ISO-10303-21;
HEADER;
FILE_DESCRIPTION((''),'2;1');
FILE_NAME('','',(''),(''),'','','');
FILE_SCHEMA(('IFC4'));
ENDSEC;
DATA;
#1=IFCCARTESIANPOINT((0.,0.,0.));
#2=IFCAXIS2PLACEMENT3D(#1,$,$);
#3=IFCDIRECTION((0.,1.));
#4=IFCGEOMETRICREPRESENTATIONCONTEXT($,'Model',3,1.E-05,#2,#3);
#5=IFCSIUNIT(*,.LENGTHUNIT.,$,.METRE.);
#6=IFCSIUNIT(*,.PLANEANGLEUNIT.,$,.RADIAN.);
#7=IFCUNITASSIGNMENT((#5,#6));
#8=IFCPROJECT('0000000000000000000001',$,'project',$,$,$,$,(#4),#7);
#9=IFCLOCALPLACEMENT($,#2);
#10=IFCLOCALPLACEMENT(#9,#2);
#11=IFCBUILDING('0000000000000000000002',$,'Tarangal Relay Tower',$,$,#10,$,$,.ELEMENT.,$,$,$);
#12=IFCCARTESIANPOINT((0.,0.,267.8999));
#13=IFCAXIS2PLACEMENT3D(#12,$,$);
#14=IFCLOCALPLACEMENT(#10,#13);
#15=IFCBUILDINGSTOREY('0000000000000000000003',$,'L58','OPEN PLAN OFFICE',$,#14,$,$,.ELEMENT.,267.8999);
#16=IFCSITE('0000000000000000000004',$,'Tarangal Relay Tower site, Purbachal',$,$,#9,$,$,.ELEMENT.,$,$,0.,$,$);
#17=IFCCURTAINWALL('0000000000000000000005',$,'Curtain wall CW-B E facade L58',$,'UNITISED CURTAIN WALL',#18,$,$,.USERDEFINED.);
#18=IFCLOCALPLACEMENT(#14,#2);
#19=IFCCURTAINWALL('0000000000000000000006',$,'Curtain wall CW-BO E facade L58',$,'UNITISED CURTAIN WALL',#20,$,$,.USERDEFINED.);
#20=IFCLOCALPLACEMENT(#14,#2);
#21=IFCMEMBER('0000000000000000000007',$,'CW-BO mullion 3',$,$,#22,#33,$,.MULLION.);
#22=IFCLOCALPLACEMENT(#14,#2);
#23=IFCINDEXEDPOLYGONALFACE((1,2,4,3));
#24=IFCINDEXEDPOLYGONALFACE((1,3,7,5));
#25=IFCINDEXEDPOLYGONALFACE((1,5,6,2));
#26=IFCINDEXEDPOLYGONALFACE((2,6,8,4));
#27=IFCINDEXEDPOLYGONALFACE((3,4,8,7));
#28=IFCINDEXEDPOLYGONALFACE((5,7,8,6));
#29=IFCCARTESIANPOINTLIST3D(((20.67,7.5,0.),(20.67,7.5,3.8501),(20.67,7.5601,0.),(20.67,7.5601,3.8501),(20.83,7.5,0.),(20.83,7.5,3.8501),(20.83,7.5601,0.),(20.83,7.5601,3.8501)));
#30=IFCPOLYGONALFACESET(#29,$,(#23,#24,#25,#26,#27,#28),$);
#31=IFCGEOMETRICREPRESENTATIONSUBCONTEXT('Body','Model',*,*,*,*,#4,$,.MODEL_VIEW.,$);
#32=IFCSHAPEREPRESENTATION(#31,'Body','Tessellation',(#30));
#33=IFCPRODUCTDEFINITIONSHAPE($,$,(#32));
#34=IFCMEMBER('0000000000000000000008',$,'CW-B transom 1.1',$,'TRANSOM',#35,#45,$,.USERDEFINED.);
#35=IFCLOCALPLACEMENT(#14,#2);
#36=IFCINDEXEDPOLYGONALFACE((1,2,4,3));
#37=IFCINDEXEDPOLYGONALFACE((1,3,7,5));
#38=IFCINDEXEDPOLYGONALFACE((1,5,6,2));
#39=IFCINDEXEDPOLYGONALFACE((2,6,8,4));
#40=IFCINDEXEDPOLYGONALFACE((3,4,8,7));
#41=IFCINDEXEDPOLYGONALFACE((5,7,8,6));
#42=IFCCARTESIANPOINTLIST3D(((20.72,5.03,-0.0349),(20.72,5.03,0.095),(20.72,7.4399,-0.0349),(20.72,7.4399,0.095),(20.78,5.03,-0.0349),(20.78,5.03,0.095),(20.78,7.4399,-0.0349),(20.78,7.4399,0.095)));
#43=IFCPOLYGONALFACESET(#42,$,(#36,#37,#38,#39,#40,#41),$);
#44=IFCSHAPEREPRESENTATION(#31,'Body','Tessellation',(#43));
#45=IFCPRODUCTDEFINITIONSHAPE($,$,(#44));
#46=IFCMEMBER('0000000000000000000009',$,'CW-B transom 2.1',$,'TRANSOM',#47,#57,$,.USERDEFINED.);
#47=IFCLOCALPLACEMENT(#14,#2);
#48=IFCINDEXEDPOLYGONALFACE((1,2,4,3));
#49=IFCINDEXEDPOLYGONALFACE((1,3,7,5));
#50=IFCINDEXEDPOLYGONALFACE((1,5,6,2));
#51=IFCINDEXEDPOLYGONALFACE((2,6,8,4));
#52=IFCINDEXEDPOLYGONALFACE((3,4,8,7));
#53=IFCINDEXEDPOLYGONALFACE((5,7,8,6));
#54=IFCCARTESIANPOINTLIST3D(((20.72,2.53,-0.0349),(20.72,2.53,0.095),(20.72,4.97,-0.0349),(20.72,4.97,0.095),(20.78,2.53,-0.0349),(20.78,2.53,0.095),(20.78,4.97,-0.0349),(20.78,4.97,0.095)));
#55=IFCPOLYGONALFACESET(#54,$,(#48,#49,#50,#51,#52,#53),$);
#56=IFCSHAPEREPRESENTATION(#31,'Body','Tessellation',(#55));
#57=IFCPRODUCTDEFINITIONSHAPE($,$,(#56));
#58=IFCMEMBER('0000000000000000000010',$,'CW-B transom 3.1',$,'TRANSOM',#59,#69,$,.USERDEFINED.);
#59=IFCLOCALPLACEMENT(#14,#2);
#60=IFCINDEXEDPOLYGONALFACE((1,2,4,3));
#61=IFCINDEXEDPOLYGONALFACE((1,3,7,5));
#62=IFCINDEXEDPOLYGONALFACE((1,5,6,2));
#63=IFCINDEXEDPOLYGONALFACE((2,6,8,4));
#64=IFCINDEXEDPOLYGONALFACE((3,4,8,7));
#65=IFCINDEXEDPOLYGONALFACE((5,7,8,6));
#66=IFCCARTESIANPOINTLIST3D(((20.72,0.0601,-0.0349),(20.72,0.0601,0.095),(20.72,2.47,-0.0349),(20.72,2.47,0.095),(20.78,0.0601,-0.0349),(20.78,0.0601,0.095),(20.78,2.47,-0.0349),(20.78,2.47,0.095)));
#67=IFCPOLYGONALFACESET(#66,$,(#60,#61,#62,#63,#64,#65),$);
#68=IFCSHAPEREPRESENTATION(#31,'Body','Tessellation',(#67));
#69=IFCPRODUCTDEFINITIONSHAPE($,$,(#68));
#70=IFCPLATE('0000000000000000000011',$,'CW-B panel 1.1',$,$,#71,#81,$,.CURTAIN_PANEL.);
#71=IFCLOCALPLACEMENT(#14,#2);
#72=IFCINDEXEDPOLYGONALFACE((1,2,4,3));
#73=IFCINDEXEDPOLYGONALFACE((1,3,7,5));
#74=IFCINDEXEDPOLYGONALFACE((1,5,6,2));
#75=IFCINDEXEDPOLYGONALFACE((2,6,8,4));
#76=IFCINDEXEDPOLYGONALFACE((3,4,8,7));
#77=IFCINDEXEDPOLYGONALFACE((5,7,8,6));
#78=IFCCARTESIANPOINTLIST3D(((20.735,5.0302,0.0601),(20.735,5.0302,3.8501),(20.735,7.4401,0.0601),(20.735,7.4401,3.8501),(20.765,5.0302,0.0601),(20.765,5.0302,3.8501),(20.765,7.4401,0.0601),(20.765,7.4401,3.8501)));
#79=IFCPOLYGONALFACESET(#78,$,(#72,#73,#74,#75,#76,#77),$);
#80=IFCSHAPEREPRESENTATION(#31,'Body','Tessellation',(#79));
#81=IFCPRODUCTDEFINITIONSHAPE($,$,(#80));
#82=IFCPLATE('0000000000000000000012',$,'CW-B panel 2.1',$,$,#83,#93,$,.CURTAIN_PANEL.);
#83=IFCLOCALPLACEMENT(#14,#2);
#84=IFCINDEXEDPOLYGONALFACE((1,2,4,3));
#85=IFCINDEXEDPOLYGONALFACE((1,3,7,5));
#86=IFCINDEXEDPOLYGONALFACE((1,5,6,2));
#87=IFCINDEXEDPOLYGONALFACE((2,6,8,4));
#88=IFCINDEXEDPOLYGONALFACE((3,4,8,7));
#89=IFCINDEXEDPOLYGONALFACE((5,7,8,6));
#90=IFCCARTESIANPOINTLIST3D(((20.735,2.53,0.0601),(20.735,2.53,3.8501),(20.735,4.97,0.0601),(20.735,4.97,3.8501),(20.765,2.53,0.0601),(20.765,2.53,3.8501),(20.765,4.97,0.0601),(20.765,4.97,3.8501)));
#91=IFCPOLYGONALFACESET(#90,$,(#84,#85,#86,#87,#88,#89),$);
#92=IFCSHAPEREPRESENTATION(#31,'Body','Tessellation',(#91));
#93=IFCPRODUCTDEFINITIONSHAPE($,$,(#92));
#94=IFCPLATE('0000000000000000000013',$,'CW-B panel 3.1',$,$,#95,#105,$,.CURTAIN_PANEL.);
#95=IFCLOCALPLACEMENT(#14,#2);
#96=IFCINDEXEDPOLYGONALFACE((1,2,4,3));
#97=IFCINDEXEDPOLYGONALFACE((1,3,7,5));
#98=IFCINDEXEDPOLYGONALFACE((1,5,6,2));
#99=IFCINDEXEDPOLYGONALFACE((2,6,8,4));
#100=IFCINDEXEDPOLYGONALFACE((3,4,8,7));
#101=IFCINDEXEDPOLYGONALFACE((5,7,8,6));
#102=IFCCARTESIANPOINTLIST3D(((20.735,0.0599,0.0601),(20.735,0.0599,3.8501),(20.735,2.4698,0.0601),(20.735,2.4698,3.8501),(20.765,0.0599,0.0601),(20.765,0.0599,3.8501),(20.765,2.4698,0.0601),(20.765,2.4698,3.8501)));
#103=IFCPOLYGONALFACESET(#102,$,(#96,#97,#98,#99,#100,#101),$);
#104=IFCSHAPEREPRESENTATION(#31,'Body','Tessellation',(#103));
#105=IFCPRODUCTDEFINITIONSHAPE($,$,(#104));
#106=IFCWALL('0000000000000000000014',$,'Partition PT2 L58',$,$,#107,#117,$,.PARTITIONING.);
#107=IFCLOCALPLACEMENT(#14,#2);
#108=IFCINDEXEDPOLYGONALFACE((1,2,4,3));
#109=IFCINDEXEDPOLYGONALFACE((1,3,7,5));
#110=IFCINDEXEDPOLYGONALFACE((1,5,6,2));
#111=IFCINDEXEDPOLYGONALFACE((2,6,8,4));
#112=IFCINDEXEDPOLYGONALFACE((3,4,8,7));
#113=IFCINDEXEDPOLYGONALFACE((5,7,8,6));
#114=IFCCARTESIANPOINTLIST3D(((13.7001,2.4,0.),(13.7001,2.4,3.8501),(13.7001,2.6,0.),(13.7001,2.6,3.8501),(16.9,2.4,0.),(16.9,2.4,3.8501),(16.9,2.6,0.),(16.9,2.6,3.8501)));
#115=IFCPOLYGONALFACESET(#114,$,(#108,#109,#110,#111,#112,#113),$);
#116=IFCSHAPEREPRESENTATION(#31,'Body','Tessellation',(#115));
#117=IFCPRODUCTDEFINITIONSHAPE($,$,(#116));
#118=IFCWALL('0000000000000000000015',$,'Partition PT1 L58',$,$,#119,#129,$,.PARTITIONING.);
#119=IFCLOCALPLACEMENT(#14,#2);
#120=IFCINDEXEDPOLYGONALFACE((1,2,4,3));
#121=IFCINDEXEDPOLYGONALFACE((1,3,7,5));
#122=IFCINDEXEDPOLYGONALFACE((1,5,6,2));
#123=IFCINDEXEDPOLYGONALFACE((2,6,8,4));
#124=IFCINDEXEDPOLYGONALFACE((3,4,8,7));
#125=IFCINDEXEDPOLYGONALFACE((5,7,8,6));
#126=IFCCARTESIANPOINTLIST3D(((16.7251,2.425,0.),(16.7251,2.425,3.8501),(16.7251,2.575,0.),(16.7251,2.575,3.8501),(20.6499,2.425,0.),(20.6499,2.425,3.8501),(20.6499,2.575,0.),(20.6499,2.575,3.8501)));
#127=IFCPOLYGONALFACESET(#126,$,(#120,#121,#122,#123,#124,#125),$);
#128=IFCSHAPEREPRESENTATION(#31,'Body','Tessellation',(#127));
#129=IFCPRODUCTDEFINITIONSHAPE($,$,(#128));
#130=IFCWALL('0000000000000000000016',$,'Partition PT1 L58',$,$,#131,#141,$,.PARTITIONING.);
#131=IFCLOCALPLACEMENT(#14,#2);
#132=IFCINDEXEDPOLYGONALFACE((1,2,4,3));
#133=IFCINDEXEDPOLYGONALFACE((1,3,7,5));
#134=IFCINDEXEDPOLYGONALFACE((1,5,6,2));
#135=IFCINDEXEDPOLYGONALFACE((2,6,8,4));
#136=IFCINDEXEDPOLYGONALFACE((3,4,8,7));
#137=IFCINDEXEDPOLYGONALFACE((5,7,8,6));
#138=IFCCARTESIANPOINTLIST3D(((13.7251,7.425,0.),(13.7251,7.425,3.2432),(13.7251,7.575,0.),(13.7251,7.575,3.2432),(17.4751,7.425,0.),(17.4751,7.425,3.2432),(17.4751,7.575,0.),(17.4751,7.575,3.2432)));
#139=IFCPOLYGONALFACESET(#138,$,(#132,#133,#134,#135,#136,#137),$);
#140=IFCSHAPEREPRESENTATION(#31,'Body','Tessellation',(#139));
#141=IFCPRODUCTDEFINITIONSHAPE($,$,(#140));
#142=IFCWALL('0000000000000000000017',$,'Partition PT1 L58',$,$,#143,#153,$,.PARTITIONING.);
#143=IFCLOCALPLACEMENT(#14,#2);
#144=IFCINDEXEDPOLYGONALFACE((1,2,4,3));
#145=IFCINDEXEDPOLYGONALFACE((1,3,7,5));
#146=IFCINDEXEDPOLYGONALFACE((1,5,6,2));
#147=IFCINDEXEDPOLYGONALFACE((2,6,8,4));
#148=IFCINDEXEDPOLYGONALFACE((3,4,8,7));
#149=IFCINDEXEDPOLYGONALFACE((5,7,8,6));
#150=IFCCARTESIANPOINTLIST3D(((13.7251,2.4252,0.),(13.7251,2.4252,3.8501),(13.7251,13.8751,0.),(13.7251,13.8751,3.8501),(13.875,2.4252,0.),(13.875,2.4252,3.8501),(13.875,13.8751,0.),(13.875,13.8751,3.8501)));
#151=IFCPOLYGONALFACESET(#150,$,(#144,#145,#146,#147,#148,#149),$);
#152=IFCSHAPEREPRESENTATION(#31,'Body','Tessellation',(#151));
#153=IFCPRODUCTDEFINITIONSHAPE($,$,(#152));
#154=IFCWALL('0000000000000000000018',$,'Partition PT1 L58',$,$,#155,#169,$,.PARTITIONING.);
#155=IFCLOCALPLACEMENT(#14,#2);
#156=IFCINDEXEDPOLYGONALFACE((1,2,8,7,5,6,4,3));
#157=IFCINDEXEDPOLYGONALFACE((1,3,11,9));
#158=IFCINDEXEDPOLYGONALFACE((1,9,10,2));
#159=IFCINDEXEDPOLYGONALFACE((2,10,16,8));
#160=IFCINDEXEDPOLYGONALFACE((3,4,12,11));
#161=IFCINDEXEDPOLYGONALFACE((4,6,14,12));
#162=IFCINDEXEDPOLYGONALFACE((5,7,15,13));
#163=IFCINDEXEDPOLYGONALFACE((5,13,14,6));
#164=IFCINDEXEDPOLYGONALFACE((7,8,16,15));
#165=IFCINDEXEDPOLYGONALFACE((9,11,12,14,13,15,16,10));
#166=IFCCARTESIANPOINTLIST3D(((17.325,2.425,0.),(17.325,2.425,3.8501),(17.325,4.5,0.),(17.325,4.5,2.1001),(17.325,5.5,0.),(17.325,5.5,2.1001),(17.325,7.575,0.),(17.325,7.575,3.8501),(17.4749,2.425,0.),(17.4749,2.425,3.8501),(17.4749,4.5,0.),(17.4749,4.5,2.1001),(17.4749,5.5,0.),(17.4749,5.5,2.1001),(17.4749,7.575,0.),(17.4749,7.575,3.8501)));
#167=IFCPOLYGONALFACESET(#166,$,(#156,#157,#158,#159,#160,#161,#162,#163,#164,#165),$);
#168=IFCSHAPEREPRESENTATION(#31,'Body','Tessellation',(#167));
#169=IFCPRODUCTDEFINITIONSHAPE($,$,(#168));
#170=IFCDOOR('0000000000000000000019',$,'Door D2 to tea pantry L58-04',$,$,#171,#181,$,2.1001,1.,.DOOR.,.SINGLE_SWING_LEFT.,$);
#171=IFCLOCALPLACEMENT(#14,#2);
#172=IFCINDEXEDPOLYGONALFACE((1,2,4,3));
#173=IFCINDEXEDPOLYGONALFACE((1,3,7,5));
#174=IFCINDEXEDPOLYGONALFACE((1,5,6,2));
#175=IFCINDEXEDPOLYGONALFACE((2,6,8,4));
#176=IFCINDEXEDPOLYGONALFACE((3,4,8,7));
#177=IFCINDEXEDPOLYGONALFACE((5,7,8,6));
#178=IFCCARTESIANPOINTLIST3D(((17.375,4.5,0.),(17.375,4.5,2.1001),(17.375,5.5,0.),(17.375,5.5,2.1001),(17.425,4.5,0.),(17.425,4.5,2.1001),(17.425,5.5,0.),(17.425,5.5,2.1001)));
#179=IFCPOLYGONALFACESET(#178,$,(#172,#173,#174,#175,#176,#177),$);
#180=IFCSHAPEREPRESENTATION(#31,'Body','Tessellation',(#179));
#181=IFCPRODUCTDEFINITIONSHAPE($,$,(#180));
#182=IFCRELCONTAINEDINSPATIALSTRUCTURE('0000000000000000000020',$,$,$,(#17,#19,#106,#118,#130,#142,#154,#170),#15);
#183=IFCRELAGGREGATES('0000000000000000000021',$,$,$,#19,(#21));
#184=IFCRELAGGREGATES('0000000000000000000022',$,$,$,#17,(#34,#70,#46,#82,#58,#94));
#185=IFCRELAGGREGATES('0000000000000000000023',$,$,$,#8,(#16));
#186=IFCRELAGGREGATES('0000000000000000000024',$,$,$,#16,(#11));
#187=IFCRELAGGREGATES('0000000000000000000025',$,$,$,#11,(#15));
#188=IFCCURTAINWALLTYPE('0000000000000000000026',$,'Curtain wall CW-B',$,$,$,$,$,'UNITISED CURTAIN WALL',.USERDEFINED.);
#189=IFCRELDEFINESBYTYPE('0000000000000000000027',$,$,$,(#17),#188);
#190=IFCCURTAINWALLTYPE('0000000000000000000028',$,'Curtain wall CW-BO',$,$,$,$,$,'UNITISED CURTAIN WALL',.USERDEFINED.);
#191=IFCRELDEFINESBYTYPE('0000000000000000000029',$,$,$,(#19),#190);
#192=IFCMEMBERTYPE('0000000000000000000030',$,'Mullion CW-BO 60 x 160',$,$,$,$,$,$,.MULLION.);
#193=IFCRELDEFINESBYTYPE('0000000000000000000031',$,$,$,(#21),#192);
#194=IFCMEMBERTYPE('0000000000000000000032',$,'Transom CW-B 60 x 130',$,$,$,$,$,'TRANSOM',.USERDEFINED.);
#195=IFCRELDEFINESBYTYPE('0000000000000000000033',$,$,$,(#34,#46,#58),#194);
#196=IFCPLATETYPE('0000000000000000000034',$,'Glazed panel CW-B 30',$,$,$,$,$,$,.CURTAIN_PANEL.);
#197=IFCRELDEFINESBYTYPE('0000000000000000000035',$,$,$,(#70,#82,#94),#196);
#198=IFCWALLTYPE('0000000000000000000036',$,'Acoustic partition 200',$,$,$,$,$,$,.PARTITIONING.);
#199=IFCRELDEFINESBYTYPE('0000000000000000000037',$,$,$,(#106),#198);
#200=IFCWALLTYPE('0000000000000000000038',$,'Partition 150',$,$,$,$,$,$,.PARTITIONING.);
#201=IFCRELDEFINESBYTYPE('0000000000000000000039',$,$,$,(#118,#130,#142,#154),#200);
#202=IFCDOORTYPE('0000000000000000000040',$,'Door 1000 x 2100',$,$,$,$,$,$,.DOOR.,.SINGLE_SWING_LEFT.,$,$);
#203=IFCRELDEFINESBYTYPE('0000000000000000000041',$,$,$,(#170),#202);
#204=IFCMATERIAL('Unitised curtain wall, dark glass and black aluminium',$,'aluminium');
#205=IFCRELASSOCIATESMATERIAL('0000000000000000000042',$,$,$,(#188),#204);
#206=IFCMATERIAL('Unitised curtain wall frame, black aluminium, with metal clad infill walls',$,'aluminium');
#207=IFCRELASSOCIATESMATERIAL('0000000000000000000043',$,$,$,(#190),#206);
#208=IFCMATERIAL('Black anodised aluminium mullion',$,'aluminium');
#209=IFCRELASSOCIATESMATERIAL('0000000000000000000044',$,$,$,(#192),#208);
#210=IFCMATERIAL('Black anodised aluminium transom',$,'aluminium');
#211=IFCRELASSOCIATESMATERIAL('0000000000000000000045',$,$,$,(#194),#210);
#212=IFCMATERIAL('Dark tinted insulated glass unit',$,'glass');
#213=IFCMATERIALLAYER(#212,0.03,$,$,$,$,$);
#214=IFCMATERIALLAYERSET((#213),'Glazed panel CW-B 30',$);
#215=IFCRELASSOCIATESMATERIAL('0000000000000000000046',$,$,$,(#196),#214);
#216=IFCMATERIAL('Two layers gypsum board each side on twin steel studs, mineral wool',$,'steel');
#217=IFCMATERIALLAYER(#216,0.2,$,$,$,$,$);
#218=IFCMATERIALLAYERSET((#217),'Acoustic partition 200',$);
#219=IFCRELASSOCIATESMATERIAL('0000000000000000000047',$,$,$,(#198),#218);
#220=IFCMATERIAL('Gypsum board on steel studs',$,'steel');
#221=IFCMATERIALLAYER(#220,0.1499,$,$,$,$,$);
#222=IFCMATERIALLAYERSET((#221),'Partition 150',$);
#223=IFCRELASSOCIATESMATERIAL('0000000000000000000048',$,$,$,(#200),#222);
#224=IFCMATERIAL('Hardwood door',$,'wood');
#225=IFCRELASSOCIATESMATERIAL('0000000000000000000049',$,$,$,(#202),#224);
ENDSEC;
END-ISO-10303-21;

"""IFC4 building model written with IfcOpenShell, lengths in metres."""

from ifc_helpers import new_model, si_unit, direction, frame, frame_2d, origin, origin_2d, place, context, subcontext, project, spatial, rectangle, extrude, material, layer, layer_set, material_profile, profile_set, type_object, element, fill, aggregate, save


model = new_model("IFC4")

# Units and contexts
model_context = context("Model", 3, precision=1e-05, world=origin(), true_north=direction((0.0, 1.0)))
body_context = subcontext(model_context, "Body", "Model", "MODEL_VIEW")
ifc_project = project(units=[si_unit("LENGTHUNIT", "METRE"), si_unit("PLANEANGLEUNIT", "RADIAN")], contexts=[model_context])

# Site, building, storey
site_placement = place(None, origin())
site = spatial("IfcSite", under=ifc_project, at=site_placement, Name="Tarangal Relay Tower site, Purbachal", CompositionType="ELEMENT", RefElevation=0.0)
building_placement = place(site_placement, origin())
building = spatial("IfcBuilding", under=site, at=building_placement, Name="Tarangal Relay Tower", CompositionType="ELEMENT")
storey_placement = place(building_placement, frame((0.0, 0.0, 267.8999)))
storey = spatial("IfcBuildingStorey", under=building, at=storey_placement, Name="L58", Description="OPEN PLAN OFFICE", CompositionType="ELEMENT", Elevation=267.8999)

# Curtain wall
ifc_material_1 = material(Name="Unitised curtain wall, dark glass and black aluminium", Category="aluminium")
curtain_wall_type_1 = type_object("IfcCurtainWallType", Name="Curtain wall CW-B", ElementType="UNITISED CURTAIN WALL", PredefinedType="USERDEFINED", material=ifc_material_1)
curtain_wall_1_placement = place(storey_placement, origin())
curtain_wall_1 = element("IfcCurtainWall", 1, at=curtain_wall_1_placement, inside=storey, type_object=curtain_wall_type_1, Name="Curtain wall CW-B E facade L58", ObjectType="UNITISED CURTAIN WALL", PredefinedType="USERDEFINED")
ifc_material_2 = material(Name="Black anodised aluminium mullion", Category="aluminium")

# Curtain wall, member
ifc_material_3 = material(Name="Unitised curtain wall frame, black aluminium, with metal clad infill walls", Category="aluminium")
curtain_wall_type_2 = type_object("IfcCurtainWallType", Name="Curtain wall CW-BO", ElementType="UNITISED CURTAIN WALL", PredefinedType="USERDEFINED", material=ifc_material_3)
curtain_wall_2_placement = place(storey_placement, origin())
curtain_wall_2 = element("IfcCurtainWall", 2, at=curtain_wall_2_placement, inside=storey, type_object=curtain_wall_type_2, Name="Curtain wall CW-BO E facade L58", ObjectType="UNITISED CURTAIN WALL", PredefinedType="USERDEFINED")
ifc_material_profile_1 = material_profile(ifc_material_2, rectangle(XDim=0.1599, YDim=0.0601, at=origin_2d()), Name="CW-BOM 60X160")
ifc_profile_set_1 = profile_set([ifc_material_profile_1], Name="Black anodised aluminium mullion")
member_type_1 = type_object("IfcMemberType", Name="Mullion CW-BO 60 x 160", PredefinedType="MULLION", material=ifc_profile_set_1)
member_1_placement = place(storey_placement, frame((20.75, 7.53, 0.0), z_axis=(0.0, 0.0, 1.0), x_axis=(1.0, 0.0, 0.0)))
member_1 = element("IfcMember", 3, at=member_1_placement, type_object=member_type_1, Name="CW-BO mullion 3", PredefinedType="MULLION", context=body_context, shape_type="SweptSolid", body=[
    extrude(rectangle(XDim=0.1599, YDim=0.0601, at=origin_2d()), origin(), (0.0, 0.0, 1.0), 3.8501),
])
aggregate(curtain_wall_2, [member_1])

# Members
ifc_material_4 = material(Name="Black anodised aluminium transom", Category="aluminium")
ifc_material_profile_2 = material_profile(ifc_material_4, rectangle(XDim=0.0601, YDim=0.1299, at=origin_2d()), Name="CW-BT 60X130")
ifc_profile_set_2 = profile_set([ifc_material_profile_2], Name="Black anodised aluminium transom")
member_type_2 = type_object("IfcMemberType", Name="Transom CW-B 60 x 130", ElementType="TRANSOM", PredefinedType="USERDEFINED", material=ifc_profile_set_2)
member_2_placement = place(storey_placement, frame((20.75, 7.4399, 0.03), z_axis=(0.0, -1.0, 0.0), x_axis=(1.0, 0.0, 0.0)))
member_2 = element("IfcMember", 4, at=member_2_placement, type_object=member_type_2, Name="CW-B transom 1.1", ObjectType="TRANSOM", PredefinedType="USERDEFINED", context=body_context, shape_type="SweptSolid", body=[
    extrude(rectangle(XDim=0.0601, YDim=0.1299, at=origin_2d()), origin(), (0.0, 0.0, 1.0), 2.4099),
])
member_3_placement = place(storey_placement, frame((20.75, 4.97, 0.03), z_axis=(0.0, -1.0, 0.0), x_axis=(1.0, 0.0, 0.0)))
member_3 = element("IfcMember", 5, at=member_3_placement, type_object=member_type_2, Name="CW-B transom 2.1", ObjectType="TRANSOM", PredefinedType="USERDEFINED", context=body_context, shape_type="SweptSolid", body=[
    extrude(rectangle(XDim=0.0601, YDim=0.1299, at=origin_2d()), origin(), (0.0, 0.0, 1.0), 2.4399),
])
member_4_placement = place(storey_placement, frame((20.75, 2.47, 0.03), z_axis=(0.0, -1.0, 0.0), x_axis=(1.0, 0.0, 0.0)))
member_4 = element("IfcMember", 6, at=member_4_placement, type_object=member_type_2, Name="CW-B transom 3.1", ObjectType="TRANSOM", PredefinedType="USERDEFINED", context=body_context, shape_type="SweptSolid", body=[
    extrude(rectangle(XDim=0.0601, YDim=0.1299, at=origin_2d()), origin(), (0.0, 0.0, 1.0), 2.4099),
])

# Plates
ifc_material_5 = material(Name="Dark tinted insulated glass unit", Category="glass")
ifc_layer_1 = layer(ifc_material_5, 0.03)
ifc_layer_set_1 = layer_set([ifc_layer_1], Name="Glazed panel CW-B 30")
plate_type = type_object("IfcPlateType", Name="Glazed panel CW-B 30", PredefinedType="CURTAIN_PANEL", material=ifc_layer_set_1)
plate_1_placement = place(storey_placement, frame((20.75, 6.2351, 0.0601), z_axis=(0.0, 0.0, 1.0), x_axis=(0.0, -1.0, 0.0)))
plate_1 = element("IfcPlate", 7, at=plate_1_placement, type_object=plate_type, Name="CW-B panel 1.1", PredefinedType="CURTAIN_PANEL", context=body_context, shape_type="SweptSolid", body=[
    extrude(rectangle(XDim=2.4099, YDim=0.03, at=origin_2d()), origin(), (0.0, 0.0, 1.0), 3.79),
])
plate_2_placement = place(storey_placement, frame((20.75, 3.75, 0.0601), z_axis=(0.0, 0.0, 1.0), x_axis=(0.0, -1.0, 0.0)))
plate_2 = element("IfcPlate", 8, at=plate_2_placement, type_object=plate_type, Name="CW-B panel 2.1", PredefinedType="CURTAIN_PANEL", context=body_context, shape_type="SweptSolid", body=[
    extrude(rectangle(XDim=2.4399, YDim=0.03, at=origin_2d()), origin(), (0.0, 0.0, 1.0), 3.79),
])
plate_3_placement = place(storey_placement, frame((20.75, 1.2649, 0.0601), z_axis=(0.0, 0.0, 1.0), x_axis=(0.0, -1.0, 0.0)))
plate_3 = element("IfcPlate", 9, at=plate_3_placement, type_object=plate_type, Name="CW-B panel 3.1", PredefinedType="CURTAIN_PANEL", context=body_context, shape_type="SweptSolid", body=[
    extrude(rectangle(XDim=2.4099, YDim=0.03, at=origin_2d()), origin(), (0.0, 0.0, 1.0), 3.79),
])
aggregate(curtain_wall_1, [member_2, plate_1, member_3, plate_2, member_4, plate_3])

# Walls
ifc_material_6 = material(Name="Two layers gypsum board each side on twin steel studs, mineral wool", Category="steel")
ifc_layer_2 = layer(ifc_material_6, 0.2)
ifc_layer_set_2 = layer_set([ifc_layer_2], Name="Acoustic partition 200")
wall_type_1 = type_object("IfcWallType", Name="Acoustic partition 200", PredefinedType="PARTITIONING", material=ifc_layer_set_2)
wall_1_placement = place(storey_placement, frame((13.7, 2.5, 0.0), z_axis=(0.0, 0.0, 1.0), x_axis=(1.0, 0.0, 0.0)))
element("IfcWall", 10, at=wall_1_placement, inside=storey, type_object=wall_type_1, Name="Partition PT2 L58", PredefinedType="PARTITIONING", context=body_context, shape_type="SweptSolid", body=[
    extrude(rectangle(XDim=3.2, YDim=0.2, at=frame_2d((1.6001, 0.0))), origin(), (0.0, 0.0, 1.0), 3.8501),
])
ifc_material_7 = material(Name="Gypsum board on steel studs", Category="steel")
ifc_layer_3 = layer(ifc_material_7, 0.1499)
ifc_layer_set_3 = layer_set([ifc_layer_3], Name="Partition 150")
wall_type_2 = type_object("IfcWallType", Name="Partition 150", PredefinedType="PARTITIONING", material=ifc_layer_set_3)
wall_2_placement = place(storey_placement, frame((16.7251, 2.5, 0.0), z_axis=(0.0, 0.0, 1.0), x_axis=(1.0, 0.0, 0.0)))
element("IfcWall", 11, at=wall_2_placement, inside=storey, type_object=wall_type_2, Name="Partition PT1 L58", PredefinedType="PARTITIONING", context=body_context, shape_type="SweptSolid", body=[
    extrude(rectangle(XDim=3.9248, YDim=0.1499, at=frame_2d((1.9624, 0.0))), origin(), (0.0, 0.0, 1.0), 3.8501),
])
wall_3_placement = place(storey_placement, frame((13.7251, 7.5, 0.0), z_axis=(0.0, 0.0, 1.0), x_axis=(1.0, 0.0, 0.0)))
element("IfcWall", 12, at=wall_3_placement, inside=storey, type_object=wall_type_2, Name="Partition PT1 L58", PredefinedType="PARTITIONING", context=body_context, shape_type="SweptSolid", body=[
    extrude(rectangle(XDim=3.75, YDim=0.1499, at=frame_2d((1.875, 0.0))), origin(), (0.0, 0.0, 1.0), 3.2432),
])
wall_4_placement = place(storey_placement, frame((13.8, 2.425, 0.0), z_axis=(0.0, 0.0, 1.0), x_axis=(0.0, 1.0, 0.0)))
element("IfcWall", 13, at=wall_4_placement, inside=storey, type_object=wall_type_2, Name="Partition PT1 L58", PredefinedType="PARTITIONING", context=body_context, shape_type="SweptSolid", body=[
    extrude(rectangle(XDim=11.45, YDim=0.1499, at=frame_2d((5.7251, 0.0))), origin(), (0.0, 0.0, 1.0), 3.8501),
])

# Wall, opening, door
wall_5_placement = place(storey_placement, frame((17.3999, 2.425, 0.0), z_axis=(0.0, 0.0, 1.0), x_axis=(0.0, 1.0, 0.0)))
wall_5 = element("IfcWall", 14, at=wall_5_placement, inside=storey, type_object=wall_type_2, Name="Partition PT1 L58", PredefinedType="PARTITIONING", context=body_context, shape_type="SweptSolid", body=[
    extrude(rectangle(XDim=5.1499, YDim=0.1499, at=frame_2d((2.575, 0.0))), origin(), (0.0, 0.0, 1.0), 3.8501),
])
opening_placement = place(wall_5_placement, frame((2.075, 0.0, 0.0)))
opening = element("IfcOpeningElement", 15, at=opening_placement, cuts=wall_5, PredefinedType="OPENING", context=body_context, shape_type="SweptSolid", body=[
    extrude(rectangle(XDim=1.0, YDim=2.1001, at=frame_2d((0.5, 1.05))), frame((0.0, 0.085, 0.0), z_axis=(0.0, -1.0, 0.0), x_axis=(1.0, 0.0, 0.0)), (0.0, 0.0, 1.0), 0.1699),
])
ifc_material_8 = material(Name="Hardwood door", Category="wood")
door_type = type_object("IfcDoorType", Name="Door 1000 x 2100", OperationType="SINGLE_SWING_LEFT", PredefinedType="DOOR", material=ifc_material_8)
door_placement = place(opening_placement, origin())
door = element("IfcDoor", 16, at=door_placement, inside=storey, type_object=door_type, Name="Door D2 to tea pantry L58-04", OperationType="SINGLE_SWING_LEFT", OverallHeight=2.1001, OverallWidth=1.0, PredefinedType="DOOR", context=body_context, shape_type="SweptSolid", body=[
    extrude(rectangle(XDim=1.0, YDim=2.1001, at=frame_2d((0.5, 1.05))), frame((0.0, 0.0249, 0.0), z_axis=(0.0, -1.0, 0.0), x_axis=(1.0, 0.0, 0.0)), (0.0, 0.0, 1.0), 0.05),
])
fill(opening, door)

save(model, "model.ifc")
